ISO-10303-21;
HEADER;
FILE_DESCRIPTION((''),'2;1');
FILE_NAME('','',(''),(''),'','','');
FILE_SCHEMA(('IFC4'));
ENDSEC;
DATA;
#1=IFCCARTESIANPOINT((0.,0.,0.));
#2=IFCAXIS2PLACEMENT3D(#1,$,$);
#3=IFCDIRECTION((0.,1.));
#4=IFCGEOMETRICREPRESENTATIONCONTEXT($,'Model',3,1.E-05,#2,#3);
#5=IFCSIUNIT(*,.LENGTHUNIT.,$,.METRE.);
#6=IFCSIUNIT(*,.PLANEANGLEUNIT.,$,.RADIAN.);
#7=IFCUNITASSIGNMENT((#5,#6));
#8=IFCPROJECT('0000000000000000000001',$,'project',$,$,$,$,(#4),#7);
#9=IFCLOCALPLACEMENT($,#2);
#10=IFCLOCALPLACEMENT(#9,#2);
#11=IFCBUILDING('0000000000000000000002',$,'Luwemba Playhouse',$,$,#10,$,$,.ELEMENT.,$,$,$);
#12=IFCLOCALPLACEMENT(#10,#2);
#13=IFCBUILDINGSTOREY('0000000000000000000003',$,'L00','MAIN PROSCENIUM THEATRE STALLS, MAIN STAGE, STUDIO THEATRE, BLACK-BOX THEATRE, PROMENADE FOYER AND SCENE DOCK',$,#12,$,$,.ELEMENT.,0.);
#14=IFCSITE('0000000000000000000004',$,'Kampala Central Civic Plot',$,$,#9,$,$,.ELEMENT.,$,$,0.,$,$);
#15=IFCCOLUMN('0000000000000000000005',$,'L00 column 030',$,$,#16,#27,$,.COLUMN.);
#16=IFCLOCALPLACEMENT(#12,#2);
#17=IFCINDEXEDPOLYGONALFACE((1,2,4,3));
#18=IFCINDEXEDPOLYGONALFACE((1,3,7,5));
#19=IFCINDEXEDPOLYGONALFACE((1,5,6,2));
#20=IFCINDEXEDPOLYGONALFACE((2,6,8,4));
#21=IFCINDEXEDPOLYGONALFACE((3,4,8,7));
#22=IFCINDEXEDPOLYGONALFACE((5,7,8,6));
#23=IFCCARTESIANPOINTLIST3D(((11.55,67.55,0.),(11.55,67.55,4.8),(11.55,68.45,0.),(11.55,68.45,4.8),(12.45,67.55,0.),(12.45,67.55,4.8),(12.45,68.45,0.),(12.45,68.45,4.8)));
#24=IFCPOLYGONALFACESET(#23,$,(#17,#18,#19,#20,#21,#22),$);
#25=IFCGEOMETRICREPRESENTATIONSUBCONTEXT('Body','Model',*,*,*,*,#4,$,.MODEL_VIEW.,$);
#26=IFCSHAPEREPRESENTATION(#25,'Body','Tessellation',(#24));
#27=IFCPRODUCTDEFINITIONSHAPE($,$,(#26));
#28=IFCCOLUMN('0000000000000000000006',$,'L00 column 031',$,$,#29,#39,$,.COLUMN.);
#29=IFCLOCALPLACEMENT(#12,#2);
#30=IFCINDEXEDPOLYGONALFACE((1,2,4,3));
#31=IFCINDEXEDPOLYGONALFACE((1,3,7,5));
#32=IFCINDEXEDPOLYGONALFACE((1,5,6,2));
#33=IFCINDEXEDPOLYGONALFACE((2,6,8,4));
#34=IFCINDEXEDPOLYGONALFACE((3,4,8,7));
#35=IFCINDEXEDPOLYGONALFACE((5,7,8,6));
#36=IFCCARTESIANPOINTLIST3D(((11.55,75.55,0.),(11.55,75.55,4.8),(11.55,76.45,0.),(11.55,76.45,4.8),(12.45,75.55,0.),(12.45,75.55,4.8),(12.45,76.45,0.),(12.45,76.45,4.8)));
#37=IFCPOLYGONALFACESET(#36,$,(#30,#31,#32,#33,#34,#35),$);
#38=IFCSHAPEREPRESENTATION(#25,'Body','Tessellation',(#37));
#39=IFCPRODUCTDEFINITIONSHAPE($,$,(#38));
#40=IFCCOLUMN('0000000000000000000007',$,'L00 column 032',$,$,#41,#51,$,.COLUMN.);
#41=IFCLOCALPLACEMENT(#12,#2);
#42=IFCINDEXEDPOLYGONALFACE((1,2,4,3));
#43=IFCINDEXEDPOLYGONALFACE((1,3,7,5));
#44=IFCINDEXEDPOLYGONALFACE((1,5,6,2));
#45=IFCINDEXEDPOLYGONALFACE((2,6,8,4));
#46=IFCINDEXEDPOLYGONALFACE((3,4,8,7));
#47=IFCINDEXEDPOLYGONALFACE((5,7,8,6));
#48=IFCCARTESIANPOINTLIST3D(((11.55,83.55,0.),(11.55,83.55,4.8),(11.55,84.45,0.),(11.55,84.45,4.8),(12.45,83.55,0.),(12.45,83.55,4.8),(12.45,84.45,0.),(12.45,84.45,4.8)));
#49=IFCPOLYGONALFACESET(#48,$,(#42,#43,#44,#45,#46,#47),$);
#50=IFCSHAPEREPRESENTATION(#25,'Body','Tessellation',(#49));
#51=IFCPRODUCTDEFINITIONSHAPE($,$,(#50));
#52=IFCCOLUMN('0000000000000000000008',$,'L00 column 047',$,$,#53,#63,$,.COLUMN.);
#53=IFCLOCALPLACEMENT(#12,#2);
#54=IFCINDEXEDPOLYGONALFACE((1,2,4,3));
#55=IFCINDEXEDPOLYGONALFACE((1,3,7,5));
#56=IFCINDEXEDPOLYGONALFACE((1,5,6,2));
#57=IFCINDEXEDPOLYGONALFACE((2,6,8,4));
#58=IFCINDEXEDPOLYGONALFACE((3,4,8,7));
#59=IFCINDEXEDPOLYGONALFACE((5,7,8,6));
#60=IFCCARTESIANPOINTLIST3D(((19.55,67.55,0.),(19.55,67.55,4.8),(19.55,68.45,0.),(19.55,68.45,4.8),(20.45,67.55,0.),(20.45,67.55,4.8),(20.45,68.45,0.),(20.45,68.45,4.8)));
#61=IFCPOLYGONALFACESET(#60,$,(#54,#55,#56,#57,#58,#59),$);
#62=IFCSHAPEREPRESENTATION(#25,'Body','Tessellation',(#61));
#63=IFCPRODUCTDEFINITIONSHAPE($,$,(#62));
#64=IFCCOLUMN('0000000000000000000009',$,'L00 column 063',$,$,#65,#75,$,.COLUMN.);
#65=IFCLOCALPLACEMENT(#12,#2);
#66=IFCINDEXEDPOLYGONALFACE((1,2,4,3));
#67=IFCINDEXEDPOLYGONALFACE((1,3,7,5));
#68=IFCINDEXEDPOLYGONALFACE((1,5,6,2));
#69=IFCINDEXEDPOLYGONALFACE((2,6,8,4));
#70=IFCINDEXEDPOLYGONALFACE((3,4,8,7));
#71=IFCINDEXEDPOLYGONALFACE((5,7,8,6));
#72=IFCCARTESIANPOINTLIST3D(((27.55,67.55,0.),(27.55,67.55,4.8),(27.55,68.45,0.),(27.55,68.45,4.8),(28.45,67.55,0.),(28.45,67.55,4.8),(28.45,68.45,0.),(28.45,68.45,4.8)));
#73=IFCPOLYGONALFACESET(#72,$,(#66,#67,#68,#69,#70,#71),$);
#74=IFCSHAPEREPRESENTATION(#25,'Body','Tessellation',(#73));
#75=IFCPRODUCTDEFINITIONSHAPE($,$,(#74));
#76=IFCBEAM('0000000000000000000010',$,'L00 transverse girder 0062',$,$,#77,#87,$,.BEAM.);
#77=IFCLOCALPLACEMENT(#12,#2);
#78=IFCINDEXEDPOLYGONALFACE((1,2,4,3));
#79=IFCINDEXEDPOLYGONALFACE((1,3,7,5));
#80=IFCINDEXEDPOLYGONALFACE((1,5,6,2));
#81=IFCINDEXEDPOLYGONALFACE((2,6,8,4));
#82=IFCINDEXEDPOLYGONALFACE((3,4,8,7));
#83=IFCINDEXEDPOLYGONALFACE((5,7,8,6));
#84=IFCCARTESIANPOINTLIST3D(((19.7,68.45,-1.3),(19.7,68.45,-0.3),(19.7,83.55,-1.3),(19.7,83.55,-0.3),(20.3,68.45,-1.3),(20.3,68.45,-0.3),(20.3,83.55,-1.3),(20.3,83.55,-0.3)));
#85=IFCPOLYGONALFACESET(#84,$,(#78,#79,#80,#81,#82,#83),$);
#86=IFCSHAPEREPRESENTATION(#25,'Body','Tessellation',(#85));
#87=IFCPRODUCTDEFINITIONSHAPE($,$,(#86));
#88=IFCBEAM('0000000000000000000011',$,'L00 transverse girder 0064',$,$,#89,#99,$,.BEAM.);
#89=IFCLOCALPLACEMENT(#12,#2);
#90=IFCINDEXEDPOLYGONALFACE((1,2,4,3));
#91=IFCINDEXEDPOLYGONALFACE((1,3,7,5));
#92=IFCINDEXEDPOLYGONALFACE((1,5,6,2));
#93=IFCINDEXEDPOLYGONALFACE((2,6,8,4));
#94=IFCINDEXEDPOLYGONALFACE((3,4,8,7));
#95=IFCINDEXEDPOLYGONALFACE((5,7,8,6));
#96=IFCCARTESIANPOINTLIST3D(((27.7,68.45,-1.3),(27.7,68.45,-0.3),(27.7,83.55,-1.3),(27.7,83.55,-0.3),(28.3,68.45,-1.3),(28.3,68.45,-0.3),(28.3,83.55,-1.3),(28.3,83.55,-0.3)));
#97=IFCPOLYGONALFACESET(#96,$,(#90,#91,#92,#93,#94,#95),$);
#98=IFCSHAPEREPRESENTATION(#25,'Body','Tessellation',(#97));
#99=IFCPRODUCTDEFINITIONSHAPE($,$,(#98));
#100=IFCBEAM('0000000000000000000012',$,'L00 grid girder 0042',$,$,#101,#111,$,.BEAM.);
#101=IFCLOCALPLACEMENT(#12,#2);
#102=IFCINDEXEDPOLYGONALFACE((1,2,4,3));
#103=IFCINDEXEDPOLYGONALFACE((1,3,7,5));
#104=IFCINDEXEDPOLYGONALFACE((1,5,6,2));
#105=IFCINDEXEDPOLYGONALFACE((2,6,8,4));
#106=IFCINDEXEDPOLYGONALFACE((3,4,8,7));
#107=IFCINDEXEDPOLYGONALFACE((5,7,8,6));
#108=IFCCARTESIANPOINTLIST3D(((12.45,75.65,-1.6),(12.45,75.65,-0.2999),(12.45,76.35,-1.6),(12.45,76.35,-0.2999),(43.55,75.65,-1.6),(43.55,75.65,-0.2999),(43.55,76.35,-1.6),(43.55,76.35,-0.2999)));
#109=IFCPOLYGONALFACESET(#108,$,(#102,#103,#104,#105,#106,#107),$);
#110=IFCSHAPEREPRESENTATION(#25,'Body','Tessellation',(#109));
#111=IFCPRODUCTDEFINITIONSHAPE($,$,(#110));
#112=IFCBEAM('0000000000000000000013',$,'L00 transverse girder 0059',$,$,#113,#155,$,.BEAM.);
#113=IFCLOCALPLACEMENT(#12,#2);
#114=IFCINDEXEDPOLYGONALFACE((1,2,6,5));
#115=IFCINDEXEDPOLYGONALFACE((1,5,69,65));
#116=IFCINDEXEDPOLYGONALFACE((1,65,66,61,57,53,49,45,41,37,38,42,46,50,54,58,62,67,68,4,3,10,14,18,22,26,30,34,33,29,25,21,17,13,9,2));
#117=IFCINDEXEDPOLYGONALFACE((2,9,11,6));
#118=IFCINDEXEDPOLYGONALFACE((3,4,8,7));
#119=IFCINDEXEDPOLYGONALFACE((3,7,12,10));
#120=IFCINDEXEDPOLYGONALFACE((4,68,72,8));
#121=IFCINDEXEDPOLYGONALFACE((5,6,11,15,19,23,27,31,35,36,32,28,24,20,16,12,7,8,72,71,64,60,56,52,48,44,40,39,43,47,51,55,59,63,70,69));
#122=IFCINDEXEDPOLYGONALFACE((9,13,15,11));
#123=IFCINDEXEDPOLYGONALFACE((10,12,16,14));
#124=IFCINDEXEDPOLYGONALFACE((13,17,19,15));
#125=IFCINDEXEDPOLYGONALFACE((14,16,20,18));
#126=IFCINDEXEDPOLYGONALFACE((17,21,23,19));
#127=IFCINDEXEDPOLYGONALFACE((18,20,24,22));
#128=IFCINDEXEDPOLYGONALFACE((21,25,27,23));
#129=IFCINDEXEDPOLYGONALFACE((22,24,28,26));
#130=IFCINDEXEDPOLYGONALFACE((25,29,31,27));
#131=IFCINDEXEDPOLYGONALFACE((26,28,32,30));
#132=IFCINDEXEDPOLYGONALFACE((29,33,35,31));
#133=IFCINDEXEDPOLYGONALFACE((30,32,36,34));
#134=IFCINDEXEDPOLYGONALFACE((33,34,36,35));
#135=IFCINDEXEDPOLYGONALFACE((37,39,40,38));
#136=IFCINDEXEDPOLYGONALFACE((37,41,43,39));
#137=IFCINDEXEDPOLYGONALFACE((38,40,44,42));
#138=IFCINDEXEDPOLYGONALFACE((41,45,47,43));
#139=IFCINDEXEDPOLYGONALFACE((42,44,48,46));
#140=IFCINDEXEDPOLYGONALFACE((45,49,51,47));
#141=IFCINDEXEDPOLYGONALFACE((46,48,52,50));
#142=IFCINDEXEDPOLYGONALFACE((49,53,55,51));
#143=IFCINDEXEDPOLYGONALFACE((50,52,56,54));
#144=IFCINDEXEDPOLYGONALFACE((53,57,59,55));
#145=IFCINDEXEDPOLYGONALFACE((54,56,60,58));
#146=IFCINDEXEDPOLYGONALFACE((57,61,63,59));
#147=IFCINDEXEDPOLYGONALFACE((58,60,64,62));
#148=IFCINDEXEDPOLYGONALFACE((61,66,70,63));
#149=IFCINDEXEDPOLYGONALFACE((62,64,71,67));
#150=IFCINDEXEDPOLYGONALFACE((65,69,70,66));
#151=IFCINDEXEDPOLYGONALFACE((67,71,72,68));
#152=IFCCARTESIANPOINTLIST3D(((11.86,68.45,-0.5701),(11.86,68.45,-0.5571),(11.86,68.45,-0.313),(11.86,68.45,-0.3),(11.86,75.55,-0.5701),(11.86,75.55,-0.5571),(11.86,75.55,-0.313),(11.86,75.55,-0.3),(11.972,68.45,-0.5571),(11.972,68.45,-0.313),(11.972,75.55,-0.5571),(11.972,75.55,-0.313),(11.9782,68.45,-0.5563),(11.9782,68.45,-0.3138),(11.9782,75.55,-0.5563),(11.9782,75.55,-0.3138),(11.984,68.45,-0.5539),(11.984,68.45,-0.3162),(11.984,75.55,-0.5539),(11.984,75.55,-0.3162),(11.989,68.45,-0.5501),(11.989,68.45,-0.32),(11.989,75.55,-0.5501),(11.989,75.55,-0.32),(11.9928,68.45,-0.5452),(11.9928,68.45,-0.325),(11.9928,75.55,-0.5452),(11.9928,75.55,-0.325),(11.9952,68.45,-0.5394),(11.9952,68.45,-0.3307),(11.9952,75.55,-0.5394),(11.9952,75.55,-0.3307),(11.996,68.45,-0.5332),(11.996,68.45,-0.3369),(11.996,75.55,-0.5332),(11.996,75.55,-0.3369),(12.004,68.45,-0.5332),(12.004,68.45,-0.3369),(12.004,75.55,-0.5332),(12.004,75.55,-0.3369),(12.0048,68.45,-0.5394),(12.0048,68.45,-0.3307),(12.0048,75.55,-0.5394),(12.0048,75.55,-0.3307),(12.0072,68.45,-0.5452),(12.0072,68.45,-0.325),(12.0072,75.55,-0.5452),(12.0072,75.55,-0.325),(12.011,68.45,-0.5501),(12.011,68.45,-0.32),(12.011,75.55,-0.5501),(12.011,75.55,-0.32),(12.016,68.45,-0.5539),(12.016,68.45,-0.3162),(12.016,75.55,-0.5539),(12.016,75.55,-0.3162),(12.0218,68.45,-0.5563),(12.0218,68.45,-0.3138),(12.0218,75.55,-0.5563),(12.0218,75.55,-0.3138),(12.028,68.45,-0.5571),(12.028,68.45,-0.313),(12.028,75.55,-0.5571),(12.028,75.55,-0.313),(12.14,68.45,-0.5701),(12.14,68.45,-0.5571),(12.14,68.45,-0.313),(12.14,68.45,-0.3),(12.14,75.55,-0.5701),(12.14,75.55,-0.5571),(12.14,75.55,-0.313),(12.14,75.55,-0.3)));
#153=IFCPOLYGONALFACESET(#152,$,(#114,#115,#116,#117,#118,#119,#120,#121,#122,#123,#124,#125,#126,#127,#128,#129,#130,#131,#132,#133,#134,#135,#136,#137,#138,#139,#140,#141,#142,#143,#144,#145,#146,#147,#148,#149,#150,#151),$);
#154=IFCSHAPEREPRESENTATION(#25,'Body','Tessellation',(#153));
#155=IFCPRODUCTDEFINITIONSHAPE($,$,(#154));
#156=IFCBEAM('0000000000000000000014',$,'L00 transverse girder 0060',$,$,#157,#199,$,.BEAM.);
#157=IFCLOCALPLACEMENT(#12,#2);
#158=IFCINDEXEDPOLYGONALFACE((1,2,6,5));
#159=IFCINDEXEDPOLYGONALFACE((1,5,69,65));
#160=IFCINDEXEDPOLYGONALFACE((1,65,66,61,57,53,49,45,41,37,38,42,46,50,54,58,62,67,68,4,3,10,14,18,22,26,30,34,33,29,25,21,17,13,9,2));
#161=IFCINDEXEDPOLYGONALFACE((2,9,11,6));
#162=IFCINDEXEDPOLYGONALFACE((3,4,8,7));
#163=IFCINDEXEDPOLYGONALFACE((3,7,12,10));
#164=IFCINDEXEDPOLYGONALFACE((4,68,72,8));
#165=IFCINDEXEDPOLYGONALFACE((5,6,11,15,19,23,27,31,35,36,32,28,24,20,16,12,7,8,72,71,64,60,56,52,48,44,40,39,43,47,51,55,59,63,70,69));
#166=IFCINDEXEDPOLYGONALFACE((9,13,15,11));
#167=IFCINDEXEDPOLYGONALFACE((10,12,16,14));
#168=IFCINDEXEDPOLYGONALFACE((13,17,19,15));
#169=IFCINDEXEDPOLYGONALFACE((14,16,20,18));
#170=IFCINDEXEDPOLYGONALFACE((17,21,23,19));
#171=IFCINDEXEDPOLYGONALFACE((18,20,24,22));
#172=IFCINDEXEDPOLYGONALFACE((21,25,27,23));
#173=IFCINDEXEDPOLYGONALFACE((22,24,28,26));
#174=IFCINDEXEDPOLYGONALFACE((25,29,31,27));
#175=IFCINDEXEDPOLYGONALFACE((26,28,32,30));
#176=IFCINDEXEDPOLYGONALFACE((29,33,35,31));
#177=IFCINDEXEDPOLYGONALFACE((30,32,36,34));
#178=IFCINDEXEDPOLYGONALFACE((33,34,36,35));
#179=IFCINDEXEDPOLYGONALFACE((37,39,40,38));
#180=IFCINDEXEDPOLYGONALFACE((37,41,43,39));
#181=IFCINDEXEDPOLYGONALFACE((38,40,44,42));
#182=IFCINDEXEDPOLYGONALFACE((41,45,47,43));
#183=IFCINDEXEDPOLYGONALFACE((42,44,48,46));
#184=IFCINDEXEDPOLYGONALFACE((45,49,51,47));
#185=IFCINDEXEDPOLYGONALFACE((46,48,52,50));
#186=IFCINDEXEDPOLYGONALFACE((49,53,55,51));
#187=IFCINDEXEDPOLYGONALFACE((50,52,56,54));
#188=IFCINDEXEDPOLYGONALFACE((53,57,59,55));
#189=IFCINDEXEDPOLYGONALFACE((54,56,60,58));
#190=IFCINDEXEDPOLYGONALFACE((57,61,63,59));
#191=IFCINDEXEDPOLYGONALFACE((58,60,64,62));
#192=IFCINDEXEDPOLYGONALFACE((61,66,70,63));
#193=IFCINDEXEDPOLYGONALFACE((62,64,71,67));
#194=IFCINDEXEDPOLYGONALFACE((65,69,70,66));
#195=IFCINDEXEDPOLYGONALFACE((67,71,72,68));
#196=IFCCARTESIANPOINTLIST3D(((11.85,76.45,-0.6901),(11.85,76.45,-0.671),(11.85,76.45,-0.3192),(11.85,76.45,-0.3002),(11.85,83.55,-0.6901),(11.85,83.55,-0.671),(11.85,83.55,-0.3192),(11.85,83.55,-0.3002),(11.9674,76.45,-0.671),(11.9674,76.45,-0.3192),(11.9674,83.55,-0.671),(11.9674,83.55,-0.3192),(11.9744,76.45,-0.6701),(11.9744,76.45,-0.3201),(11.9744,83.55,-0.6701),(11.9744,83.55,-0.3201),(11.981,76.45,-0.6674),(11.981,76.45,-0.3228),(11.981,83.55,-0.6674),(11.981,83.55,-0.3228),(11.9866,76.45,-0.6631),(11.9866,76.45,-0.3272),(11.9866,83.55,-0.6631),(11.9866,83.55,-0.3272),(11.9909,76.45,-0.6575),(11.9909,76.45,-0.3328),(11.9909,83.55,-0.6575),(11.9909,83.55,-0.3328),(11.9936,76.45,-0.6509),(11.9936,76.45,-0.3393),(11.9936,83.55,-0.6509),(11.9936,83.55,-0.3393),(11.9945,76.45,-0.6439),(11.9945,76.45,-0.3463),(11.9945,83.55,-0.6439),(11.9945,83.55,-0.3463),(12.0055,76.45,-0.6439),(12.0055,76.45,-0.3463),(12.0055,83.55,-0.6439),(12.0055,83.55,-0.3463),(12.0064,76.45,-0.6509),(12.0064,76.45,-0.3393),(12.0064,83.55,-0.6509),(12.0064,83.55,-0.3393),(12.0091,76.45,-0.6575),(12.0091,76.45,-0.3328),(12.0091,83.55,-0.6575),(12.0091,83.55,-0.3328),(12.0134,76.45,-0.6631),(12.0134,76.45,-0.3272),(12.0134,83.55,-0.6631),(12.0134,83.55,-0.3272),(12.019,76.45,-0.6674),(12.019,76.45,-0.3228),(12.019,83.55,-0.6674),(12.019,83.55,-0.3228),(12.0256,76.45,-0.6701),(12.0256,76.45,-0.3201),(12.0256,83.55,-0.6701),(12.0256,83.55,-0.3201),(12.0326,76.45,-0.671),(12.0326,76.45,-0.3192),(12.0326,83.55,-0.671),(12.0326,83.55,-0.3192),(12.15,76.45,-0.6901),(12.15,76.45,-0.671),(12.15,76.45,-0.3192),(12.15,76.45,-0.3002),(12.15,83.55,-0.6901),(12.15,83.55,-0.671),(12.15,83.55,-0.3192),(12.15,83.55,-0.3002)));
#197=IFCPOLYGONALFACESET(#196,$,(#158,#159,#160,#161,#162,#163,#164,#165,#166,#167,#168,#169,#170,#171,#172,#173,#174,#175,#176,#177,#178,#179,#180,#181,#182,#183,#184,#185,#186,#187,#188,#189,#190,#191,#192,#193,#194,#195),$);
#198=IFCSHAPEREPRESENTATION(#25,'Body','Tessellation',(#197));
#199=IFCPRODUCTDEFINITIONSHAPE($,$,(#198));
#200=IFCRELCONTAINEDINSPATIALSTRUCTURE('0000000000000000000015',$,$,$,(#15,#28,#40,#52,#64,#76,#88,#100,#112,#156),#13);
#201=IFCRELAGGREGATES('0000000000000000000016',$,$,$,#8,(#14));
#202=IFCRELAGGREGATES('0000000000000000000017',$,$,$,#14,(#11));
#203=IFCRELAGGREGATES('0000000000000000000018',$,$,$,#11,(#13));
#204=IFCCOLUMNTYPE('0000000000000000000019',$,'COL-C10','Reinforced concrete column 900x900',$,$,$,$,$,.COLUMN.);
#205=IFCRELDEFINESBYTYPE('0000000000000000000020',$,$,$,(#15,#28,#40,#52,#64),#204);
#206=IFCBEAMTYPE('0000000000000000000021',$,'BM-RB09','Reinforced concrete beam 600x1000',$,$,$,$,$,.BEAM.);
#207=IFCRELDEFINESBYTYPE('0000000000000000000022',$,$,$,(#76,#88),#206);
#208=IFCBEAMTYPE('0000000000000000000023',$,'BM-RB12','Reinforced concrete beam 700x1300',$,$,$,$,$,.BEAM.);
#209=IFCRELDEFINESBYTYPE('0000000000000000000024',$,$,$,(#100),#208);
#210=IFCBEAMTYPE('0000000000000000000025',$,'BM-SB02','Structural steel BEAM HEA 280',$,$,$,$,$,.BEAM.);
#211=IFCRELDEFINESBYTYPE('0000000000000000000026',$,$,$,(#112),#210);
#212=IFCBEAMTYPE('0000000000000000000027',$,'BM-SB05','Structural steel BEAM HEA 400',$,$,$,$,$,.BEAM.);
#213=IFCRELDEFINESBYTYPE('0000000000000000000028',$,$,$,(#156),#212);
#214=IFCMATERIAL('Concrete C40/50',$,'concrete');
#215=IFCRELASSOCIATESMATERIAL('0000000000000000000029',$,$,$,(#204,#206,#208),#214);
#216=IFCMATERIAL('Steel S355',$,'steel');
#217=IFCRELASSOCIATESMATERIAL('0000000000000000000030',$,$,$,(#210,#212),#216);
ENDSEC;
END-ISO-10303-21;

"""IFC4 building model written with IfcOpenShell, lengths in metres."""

from ifc_helpers import new_model, si_unit, direction, frame, origin, origin_2d, place, context, subcontext, project, spatial, rectangle, i_section, extrude, material, material_profile, profile_set, type_object, element, save


model = new_model("IFC4")

# Units and contexts
model_context = context("Model", 3, precision=1e-05, world=origin(), true_north=direction((0.0, 1.0)))
body_context = subcontext(model_context, "Body", "Model", "MODEL_VIEW")
ifc_project = project(units=[si_unit("LENGTHUNIT", "METRE"), si_unit("PLANEANGLEUNIT", "RADIAN")], contexts=[model_context])

# Site, building, storey
site_placement = place(None, origin())
site = spatial("IfcSite", under=ifc_project, at=site_placement, Name="Kampala Central Civic Plot", CompositionType="ELEMENT", RefElevation=0.0)
building_placement = place(site_placement, origin())
building = spatial("IfcBuilding", under=site, at=building_placement, Name="Luwemba Playhouse", CompositionType="ELEMENT")
storey_placement = place(building_placement, origin())
storey = spatial("IfcBuildingStorey", under=building, at=storey_placement, Name="L00", Description="MAIN PROSCENIUM THEATRE STALLS, MAIN STAGE, STUDIO THEATRE, BLACK-BOX THEATRE, PROMENADE FOYER AND SCENE DOCK", CompositionType="ELEMENT", Elevation=0.0)

# Columns
ifc_material_1 = material(Name="Concrete C40/50", Category="concrete")
ifc_material_profile_1 = material_profile(ifc_material_1, rectangle(XDim=0.8999, YDim=0.8999, at=origin_2d()))
ifc_profile_set_1 = profile_set([ifc_material_profile_1], Name="Concrete C40/50")
column_type = type_object("IfcColumnType", Name="COL-C10", Description="Reinforced concrete column 900x900", PredefinedType="COLUMN", material=ifc_profile_set_1)
for number, where, z_axis, x_axis, name in (
    (1, (12.0, 68.0, 0.0), (0.0, 0.0, 1.0), (1.0, 0.0, 0.0), "L00 column 030"),
    (2, (12.0, 76.0, 0.0), (0.0, 0.0, 1.0), (1.0, 0.0, 0.0), "L00 column 031"),
    (3, (12.0, 84.0, 0.0), (0.0, 0.0, 1.0), (1.0, 0.0, 0.0), "L00 column 032"),
    (4, (20.0, 68.0, 0.0), (0.0, 0.0, 1.0), (1.0, 0.0, 0.0), "L00 column 047"),
    (5, (28.0, 68.0, 0.0), (0.0, 0.0, 1.0), (1.0, 0.0, 0.0), "L00 column 063"),
):
    element("IfcColumn", number, at=place(storey_placement, frame(where, z_axis=z_axis, x_axis=x_axis)), inside=storey, type_object=column_type, Name=name, PredefinedType="COLUMN", context=body_context, shape_type="SweptSolid", body=[
        extrude(rectangle(XDim=0.8999, YDim=0.8999, at=origin_2d()), origin(), (0.0, 0.0, 1.0), 4.8),
    ])

# Beams
ifc_material_profile_2 = material_profile(ifc_material_1, rectangle(XDim=0.6001, YDim=1.0, at=origin_2d()))
ifc_profile_set_2 = profile_set([ifc_material_profile_2], Name="Concrete C40/50")
beam_type_1 = type_object("IfcBeamType", Name="BM-RB09", Description="Reinforced concrete beam 600x1000", PredefinedType="BEAM", material=ifc_profile_set_2)
for number, where, z_axis, x_axis, name in (
    (6, (20.0, 68.45, -0.8), (0.0, 1.0, 0.0), (-1.0, 0.0, 0.0), "L00 transverse girder 0062"),
    (7, (28.0, 68.45, -0.8), (0.0, 1.0, 0.0), (-1.0, 0.0, 0.0), "L00 transverse girder 0064"),
):
    element("IfcBeam", number, at=place(storey_placement, frame(where, z_axis=z_axis, x_axis=x_axis)), inside=storey, type_object=beam_type_1, Name=name, PredefinedType="BEAM", context=body_context, shape_type="SweptSolid", body=[
        extrude(rectangle(XDim=0.6001, YDim=1.0, at=origin_2d()), origin(), (0.0, 0.0, 1.0), 15.1001),
    ])
ifc_material_profile_3 = material_profile(ifc_material_1, rectangle(XDim=0.7, YDim=1.3, at=origin_2d()))
ifc_profile_set_3 = profile_set([ifc_material_profile_3], Name="Concrete C40/50")
beam_type_2 = type_object("IfcBeamType", Name="BM-RB12", Description="Reinforced concrete beam 700x1300", PredefinedType="BEAM", material=ifc_profile_set_3)
beam_1_placement = place(storey_placement, frame((12.45, 76.0, -0.95), z_axis=(1.0, 0.0, 0.0), x_axis=(0.0, 1.0, 0.0)))
element("IfcBeam", 8, at=beam_1_placement, inside=storey, type_object=beam_type_2, Name="L00 grid girder 0042", PredefinedType="BEAM", context=body_context, shape_type="SweptSolid", body=[
    extrude(rectangle(XDim=0.7, YDim=1.3, at=origin_2d()), origin(), (0.0, 0.0, 1.0), 31.1001),
])
ifc_material_2 = material(Name="Steel S355", Category="steel")
ifc_material_profile_4 = material_profile(ifc_material_2, i_section(OverallWidth=0.28, OverallDepth=0.27, WebThickness=0.0081, FlangeThickness=0.0129, FilletRadius=0.0239, at=origin_2d()))
ifc_profile_set_4 = profile_set([ifc_material_profile_4], Name="Steel S355")
beam_type_3 = type_object("IfcBeamType", Name="BM-SB02", Description="Structural steel BEAM HEA 280", PredefinedType="BEAM", material=ifc_profile_set_4)
beam_2_placement = place(storey_placement, frame((12.0, 68.45, -0.4351), z_axis=(0.0, 1.0, 0.0), x_axis=(-1.0, 0.0, 0.0)))
element("IfcBeam", 9, at=beam_2_placement, inside=storey, type_object=beam_type_3, Name="L00 transverse girder 0059", PredefinedType="BEAM", context=body_context, shape_type="SweptSolid", body=[
    extrude(i_section(OverallWidth=0.28, OverallDepth=0.27, WebThickness=0.0081, FlangeThickness=0.0129, FilletRadius=0.0239, at=origin_2d()), origin(), (0.0, 0.0, 1.0), 7.1001),
])
ifc_material_profile_5 = material_profile(ifc_material_2, i_section(OverallWidth=0.3, OverallDepth=0.3899, WebThickness=0.011, FlangeThickness=0.019, FilletRadius=0.0271, at=origin_2d()))
ifc_profile_set_5 = profile_set([ifc_material_profile_5], Name="Steel S355")
beam_type_4 = type_object("IfcBeamType", Name="BM-SB05", Description="Structural steel BEAM HEA 400", PredefinedType="BEAM", material=ifc_profile_set_5)
beam_3_placement = place(storey_placement, frame((12.0, 76.45, -0.4951), z_axis=(0.0, 1.0, 0.0), x_axis=(-1.0, 0.0, 0.0)))
element("IfcBeam", 10, at=beam_3_placement, inside=storey, type_object=beam_type_4, Name="L00 transverse girder 0060", PredefinedType="BEAM", context=body_context, shape_type="SweptSolid", body=[
    extrude(i_section(OverallWidth=0.3, OverallDepth=0.3899, WebThickness=0.011, FlangeThickness=0.019, FilletRadius=0.0271, at=origin_2d()), origin(), (0.0, 0.0, 1.0), 7.1001),
])

save(model, "model.ifc")
